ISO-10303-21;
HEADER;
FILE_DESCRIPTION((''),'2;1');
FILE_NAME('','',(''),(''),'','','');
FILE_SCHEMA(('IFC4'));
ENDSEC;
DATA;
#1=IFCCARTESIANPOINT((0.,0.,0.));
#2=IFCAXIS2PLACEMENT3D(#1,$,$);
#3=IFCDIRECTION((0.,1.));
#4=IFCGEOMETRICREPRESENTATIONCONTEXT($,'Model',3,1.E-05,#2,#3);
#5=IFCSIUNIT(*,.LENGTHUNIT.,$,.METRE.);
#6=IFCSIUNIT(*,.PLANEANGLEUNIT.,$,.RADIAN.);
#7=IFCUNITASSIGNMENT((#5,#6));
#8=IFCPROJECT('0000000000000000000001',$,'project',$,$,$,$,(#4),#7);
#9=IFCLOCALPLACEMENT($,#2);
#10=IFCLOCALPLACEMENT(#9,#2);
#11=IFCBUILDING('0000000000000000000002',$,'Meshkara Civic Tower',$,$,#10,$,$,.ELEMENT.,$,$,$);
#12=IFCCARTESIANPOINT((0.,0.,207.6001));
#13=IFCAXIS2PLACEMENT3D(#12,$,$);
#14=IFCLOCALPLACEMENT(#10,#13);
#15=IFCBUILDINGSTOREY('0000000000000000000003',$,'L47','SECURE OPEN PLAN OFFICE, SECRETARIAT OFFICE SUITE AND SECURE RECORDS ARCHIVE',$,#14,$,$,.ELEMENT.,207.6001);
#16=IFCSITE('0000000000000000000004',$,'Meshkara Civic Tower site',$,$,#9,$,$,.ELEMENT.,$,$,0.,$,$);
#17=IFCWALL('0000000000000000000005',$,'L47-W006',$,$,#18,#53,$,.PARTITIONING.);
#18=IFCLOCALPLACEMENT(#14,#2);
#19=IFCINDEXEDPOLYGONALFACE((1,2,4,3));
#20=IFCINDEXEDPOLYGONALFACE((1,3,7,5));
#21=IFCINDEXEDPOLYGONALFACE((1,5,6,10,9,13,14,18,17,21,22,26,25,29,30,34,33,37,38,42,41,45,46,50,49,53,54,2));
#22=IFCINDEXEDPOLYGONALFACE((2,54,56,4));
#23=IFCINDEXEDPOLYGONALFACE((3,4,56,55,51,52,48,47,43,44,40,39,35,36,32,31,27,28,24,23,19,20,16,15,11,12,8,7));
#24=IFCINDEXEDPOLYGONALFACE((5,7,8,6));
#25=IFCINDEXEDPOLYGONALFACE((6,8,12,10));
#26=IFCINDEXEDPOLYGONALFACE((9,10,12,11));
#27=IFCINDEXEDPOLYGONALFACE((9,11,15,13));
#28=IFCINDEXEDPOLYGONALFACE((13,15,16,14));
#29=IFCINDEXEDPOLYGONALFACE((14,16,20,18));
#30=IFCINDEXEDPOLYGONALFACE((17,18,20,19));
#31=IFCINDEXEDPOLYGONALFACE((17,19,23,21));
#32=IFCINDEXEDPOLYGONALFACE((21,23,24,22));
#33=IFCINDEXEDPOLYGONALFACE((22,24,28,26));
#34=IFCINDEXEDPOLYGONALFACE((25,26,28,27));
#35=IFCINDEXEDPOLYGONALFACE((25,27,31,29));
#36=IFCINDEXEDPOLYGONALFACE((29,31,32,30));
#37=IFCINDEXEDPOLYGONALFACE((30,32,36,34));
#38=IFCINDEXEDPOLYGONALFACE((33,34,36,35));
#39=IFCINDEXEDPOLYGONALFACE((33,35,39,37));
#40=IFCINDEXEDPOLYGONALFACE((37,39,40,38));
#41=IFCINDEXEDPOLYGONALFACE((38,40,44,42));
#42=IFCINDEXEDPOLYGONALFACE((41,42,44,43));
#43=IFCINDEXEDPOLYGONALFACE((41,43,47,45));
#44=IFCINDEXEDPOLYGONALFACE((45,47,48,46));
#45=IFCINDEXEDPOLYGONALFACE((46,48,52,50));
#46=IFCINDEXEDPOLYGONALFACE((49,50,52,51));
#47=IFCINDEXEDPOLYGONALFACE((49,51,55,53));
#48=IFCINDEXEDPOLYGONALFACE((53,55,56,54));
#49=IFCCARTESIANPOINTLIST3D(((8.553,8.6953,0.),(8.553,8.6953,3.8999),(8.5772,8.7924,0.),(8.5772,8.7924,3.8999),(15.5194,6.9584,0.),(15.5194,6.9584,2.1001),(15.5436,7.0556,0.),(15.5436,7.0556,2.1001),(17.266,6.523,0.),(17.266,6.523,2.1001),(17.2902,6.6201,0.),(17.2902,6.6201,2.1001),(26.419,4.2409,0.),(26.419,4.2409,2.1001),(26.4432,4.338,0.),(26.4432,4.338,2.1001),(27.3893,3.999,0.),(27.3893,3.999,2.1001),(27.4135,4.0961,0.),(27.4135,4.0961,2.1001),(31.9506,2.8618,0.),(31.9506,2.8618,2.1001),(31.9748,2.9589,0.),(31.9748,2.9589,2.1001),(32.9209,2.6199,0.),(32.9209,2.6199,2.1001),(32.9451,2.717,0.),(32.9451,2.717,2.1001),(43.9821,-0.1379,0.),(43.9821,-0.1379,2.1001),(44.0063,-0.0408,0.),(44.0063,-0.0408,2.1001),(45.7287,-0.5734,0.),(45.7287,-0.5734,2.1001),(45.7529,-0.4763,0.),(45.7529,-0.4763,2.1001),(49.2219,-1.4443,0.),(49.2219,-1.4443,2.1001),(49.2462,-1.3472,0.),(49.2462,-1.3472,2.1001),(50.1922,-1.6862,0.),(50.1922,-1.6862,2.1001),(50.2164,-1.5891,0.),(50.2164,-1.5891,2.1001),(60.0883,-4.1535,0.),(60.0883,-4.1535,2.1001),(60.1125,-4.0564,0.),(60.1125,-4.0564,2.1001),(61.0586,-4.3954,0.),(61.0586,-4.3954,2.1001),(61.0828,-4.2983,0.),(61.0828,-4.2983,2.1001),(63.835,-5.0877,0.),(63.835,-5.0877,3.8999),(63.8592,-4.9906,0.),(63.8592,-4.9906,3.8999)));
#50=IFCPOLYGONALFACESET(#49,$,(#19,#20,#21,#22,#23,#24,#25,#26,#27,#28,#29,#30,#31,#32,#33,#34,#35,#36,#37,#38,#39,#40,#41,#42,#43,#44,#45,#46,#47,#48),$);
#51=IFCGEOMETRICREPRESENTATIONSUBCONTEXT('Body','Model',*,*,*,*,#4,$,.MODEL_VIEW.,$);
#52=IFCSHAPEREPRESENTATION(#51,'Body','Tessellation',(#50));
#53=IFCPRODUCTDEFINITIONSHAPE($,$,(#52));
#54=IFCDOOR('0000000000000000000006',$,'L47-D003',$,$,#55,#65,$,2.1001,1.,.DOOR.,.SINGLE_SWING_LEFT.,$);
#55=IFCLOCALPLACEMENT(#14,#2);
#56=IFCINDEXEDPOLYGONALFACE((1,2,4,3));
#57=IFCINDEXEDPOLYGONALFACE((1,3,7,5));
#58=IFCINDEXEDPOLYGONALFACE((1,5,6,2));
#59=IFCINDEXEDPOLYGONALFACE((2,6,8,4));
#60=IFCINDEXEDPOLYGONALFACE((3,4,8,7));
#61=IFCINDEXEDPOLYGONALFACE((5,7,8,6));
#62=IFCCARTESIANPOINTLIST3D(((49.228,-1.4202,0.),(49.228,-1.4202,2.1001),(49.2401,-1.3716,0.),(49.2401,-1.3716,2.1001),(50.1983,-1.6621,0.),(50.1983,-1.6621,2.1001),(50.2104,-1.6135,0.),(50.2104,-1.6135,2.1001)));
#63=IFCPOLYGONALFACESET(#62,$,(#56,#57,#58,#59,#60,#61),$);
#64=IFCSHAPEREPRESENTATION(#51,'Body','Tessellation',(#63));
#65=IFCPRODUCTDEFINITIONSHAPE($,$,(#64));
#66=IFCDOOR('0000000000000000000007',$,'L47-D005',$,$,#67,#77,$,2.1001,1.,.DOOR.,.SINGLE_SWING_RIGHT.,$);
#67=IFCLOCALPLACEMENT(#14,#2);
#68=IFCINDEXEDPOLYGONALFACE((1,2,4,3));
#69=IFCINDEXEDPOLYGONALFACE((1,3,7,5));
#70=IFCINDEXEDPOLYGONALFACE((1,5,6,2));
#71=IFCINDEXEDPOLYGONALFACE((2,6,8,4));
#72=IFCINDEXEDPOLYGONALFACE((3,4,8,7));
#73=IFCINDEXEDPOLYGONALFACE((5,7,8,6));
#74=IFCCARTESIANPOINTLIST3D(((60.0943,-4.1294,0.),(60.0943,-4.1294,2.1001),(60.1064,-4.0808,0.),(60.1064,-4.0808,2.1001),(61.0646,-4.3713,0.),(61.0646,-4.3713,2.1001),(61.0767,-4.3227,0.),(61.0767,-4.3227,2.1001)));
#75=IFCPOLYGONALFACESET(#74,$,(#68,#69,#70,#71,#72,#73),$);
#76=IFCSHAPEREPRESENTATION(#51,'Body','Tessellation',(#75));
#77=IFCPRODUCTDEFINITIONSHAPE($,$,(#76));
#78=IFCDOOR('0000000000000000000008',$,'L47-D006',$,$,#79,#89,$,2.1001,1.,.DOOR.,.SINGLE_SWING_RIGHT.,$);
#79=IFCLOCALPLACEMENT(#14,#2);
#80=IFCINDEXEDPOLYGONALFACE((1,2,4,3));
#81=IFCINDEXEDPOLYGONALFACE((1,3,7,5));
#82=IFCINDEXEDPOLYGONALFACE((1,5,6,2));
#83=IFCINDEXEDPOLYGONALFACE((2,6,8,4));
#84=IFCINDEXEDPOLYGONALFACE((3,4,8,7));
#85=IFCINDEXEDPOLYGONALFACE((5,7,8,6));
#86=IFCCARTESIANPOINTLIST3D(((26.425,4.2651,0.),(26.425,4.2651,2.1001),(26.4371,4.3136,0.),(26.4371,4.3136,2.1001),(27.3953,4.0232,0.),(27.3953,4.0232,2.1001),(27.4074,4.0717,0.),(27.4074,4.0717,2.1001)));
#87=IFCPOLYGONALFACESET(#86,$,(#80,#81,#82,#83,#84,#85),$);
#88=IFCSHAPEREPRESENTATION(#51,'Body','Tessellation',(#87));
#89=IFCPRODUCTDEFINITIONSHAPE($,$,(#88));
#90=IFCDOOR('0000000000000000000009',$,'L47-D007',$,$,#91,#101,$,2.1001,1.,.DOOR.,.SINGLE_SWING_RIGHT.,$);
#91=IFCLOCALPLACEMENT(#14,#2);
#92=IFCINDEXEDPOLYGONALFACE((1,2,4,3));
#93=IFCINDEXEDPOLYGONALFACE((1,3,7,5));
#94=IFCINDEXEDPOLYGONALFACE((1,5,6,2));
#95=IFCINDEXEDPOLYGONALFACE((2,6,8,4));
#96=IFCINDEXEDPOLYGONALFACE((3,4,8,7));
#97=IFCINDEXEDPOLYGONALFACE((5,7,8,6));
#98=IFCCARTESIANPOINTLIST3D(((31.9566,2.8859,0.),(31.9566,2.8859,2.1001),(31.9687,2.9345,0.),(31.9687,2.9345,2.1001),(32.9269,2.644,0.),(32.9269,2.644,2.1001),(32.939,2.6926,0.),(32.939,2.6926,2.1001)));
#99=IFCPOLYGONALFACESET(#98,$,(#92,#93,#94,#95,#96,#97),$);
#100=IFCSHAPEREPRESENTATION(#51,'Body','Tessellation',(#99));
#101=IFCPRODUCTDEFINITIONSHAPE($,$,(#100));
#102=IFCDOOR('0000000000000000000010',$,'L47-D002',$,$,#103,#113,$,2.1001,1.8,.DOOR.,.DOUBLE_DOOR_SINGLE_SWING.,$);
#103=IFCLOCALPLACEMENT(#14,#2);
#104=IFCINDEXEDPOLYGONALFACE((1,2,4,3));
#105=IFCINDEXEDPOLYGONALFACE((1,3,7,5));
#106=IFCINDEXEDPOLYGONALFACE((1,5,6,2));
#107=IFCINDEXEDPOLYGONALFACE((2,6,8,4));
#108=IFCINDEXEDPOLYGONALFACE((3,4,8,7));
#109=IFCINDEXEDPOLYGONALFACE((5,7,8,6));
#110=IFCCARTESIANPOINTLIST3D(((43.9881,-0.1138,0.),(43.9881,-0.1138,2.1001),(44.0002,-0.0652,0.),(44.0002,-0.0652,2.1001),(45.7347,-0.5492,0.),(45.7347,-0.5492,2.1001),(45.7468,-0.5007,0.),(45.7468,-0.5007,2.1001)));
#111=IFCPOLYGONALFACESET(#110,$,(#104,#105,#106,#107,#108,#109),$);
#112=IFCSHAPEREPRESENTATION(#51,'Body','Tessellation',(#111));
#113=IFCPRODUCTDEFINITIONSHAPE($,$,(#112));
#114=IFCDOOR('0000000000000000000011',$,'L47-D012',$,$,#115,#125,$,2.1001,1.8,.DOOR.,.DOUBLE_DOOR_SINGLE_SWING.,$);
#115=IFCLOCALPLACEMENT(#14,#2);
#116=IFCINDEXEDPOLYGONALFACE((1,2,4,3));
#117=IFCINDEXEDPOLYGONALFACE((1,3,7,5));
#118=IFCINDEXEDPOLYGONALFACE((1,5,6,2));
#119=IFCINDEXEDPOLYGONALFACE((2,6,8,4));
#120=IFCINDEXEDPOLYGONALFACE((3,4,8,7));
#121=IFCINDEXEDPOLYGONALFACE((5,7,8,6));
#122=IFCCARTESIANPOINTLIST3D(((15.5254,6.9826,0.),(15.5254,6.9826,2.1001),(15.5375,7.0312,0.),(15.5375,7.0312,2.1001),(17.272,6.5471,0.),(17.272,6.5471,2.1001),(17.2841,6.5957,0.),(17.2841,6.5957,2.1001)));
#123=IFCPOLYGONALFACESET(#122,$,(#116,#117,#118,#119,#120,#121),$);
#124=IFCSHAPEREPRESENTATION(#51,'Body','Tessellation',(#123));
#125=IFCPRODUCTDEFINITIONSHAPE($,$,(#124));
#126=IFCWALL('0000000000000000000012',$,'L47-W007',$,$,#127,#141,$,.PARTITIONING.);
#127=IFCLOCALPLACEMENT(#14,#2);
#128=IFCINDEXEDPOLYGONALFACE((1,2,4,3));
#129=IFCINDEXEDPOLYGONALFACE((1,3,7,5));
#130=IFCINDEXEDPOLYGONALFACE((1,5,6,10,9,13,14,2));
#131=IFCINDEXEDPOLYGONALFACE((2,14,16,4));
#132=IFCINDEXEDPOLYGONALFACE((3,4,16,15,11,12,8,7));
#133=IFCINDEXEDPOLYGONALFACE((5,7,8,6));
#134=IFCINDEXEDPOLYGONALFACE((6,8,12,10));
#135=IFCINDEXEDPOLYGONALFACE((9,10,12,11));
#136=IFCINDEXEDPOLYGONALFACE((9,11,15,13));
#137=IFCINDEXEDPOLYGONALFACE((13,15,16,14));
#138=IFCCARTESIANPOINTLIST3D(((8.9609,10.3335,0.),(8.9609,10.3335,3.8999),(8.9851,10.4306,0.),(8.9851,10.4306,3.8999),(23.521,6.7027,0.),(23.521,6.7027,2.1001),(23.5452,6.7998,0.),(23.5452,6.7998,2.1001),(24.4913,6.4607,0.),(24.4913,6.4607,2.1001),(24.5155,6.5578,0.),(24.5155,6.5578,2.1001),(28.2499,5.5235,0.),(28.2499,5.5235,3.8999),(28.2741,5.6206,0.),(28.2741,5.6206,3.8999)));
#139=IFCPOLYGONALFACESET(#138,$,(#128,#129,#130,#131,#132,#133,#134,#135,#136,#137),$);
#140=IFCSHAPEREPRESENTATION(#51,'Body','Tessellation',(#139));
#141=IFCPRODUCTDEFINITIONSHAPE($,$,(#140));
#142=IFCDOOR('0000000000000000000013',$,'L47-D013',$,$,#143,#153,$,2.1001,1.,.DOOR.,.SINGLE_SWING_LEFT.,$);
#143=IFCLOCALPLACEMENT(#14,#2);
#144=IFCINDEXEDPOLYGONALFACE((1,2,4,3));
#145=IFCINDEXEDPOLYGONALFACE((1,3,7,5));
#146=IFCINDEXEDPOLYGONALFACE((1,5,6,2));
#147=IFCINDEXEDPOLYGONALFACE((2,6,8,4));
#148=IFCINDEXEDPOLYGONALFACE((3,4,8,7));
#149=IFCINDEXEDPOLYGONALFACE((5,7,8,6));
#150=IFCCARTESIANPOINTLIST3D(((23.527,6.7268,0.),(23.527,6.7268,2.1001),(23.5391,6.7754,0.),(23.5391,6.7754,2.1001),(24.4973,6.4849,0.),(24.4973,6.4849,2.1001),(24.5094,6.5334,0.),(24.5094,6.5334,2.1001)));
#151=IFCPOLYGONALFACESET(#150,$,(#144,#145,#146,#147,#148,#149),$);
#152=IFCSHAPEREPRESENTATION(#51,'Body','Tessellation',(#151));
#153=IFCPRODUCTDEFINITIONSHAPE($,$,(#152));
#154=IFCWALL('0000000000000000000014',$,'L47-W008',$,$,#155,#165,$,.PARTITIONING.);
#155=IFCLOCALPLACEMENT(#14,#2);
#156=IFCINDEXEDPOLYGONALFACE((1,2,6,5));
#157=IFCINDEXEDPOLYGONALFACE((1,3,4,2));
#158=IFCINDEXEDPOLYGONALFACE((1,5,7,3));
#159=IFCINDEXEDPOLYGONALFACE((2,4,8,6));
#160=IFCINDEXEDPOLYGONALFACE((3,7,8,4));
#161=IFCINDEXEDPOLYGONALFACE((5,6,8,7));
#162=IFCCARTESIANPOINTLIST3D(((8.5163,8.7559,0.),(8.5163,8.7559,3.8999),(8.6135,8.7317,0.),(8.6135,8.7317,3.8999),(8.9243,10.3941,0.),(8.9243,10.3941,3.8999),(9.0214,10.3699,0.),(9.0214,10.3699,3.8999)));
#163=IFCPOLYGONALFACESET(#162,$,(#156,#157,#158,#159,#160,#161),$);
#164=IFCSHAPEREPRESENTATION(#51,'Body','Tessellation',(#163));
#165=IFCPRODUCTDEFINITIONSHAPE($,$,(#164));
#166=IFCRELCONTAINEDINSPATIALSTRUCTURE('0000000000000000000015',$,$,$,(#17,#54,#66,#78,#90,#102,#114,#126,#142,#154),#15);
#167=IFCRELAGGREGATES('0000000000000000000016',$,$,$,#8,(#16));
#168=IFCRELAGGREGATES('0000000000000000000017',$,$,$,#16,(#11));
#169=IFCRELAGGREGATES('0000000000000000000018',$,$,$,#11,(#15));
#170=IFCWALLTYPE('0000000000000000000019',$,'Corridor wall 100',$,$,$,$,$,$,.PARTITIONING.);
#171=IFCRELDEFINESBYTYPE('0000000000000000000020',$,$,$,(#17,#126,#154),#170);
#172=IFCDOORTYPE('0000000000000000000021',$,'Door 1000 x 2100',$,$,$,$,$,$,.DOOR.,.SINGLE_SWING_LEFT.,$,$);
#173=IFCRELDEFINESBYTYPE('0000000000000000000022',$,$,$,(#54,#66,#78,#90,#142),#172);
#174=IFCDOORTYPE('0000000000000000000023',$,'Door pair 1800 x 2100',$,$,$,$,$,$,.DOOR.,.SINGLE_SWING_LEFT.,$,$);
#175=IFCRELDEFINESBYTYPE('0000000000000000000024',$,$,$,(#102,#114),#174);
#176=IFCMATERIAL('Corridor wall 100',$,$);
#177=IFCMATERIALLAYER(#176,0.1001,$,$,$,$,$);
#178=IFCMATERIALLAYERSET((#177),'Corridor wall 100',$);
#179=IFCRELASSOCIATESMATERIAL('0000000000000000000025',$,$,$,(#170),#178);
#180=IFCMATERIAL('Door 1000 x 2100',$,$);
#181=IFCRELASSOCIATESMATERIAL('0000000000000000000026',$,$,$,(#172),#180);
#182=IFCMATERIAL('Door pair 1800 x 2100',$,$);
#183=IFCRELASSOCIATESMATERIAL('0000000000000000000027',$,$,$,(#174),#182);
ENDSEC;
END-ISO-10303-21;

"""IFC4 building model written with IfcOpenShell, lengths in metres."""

from ifc_helpers import new_model, si_unit, direction, frame, frame_2d, origin, place, context, subcontext, project, spatial, rectangle, extrude, material, layer, layer_set, type_object, element, fill, save


model = new_model("IFC4")

# Units and contexts
model_context = context("Model", 3, precision=1e-05, world=origin(), true_north=direction((0.0, 1.0)))
body_context = subcontext(model_context, "Body", "Model", "MODEL_VIEW")
ifc_project = project(units=[si_unit("LENGTHUNIT", "METRE"), si_unit("PLANEANGLEUNIT", "RADIAN")], contexts=[model_context])

# Site, building, storey
site_placement = place(None, origin())
site = spatial("IfcSite", under=ifc_project, at=site_placement, Name="Meshkara Civic Tower site", CompositionType="ELEMENT", RefElevation=0.0)
building_placement = place(site_placement, origin())
building = spatial("IfcBuilding", under=site, at=building_placement, Name="Meshkara Civic Tower", CompositionType="ELEMENT")
storey_placement = place(building_placement, frame((0.0, 0.0, 207.6001)))
storey = spatial("IfcBuildingStorey", under=building, at=storey_placement, Name="L47", Description="SECURE OPEN PLAN OFFICE, SECRETARIAT OFFICE SUITE AND SECURE RECORDS ARCHIVE", CompositionType="ELEMENT", Elevation=207.6001)

# Wall, openings, doors
ifc_material_1 = material(Name="Corridor wall 100")
ifc_layer_1 = layer(ifc_material_1, 0.1001)
ifc_layer_set_1 = layer_set([ifc_layer_1], Name="Corridor wall 100")
wall_type_1 = type_object("IfcWallType", Name="Corridor wall 100", PredefinedType="PARTITIONING", material=ifc_layer_set_1)
wall_1_placement = place(storey_placement, frame((8.5649, 8.7439, 0.0), z_axis=(0.0, 0.0, 1.0), x_axis=(0.970297, -0.241915, 0.0)))
wall_1 = element("IfcWall", 1, at=wall_1_placement, inside=storey, type_object=wall_type_1, Name="L47-W006", PredefinedType="PARTITIONING", context=body_context, shape_type="SweptSolid", body=[
    extrude(rectangle(XDim=56.9744, YDim=0.1001, at=frame_2d((28.4873, 0.0))), origin(), (0.0, 0.0, 1.0), 3.8999),
])
opening_1_placement = place(wall_1_placement, frame((36.5139, 0.0, 0.0)))
opening_1 = element("IfcOpeningElement", 2, at=opening_1_placement, cuts=wall_1, PredefinedType="OPENING", context=body_context, shape_type="SweptSolid", body=[
    extrude(rectangle(XDim=1.8, YDim=2.1001, at=frame_2d((0.8999, 1.05))), frame((0.0, 0.0601, 0.0), z_axis=(0.0, -1.0, 0.0), x_axis=(1.0, 0.0, 0.0)), (0.0, 0.0, 1.0), 0.1201),
])
opening_2_placement = place(wall_1_placement, frame((41.9141, 0.0, 0.0)))
opening_2 = element("IfcOpeningElement", 3, at=opening_2_placement, cuts=wall_1, PredefinedType="OPENING", context=body_context, shape_type="SweptSolid", body=[
    extrude(rectangle(XDim=1.0, YDim=2.1001, at=frame_2d((0.5, 1.05))), frame((0.0, 0.0601, 0.0), z_axis=(0.0, -1.0, 0.0), x_axis=(1.0, 0.0, 0.0)), (0.0, 0.0, 1.0), 0.1201),
])
opening_3_placement = place(wall_1_placement, frame((53.113, 0.0, 0.0)))
opening_3 = element("IfcOpeningElement", 4, at=opening_3_placement, cuts=wall_1, PredefinedType="OPENING", context=body_context, shape_type="SweptSolid", body=[
    extrude(rectangle(XDim=1.0, YDim=2.1001, at=frame_2d((0.5, 1.05))), frame((0.0, 0.0601, 0.0), z_axis=(0.0, -1.0, 0.0), x_axis=(1.0, 0.0, 0.0)), (0.0, 0.0, 1.0), 0.1201),
])
opening_4_placement = place(wall_1_placement, frame((18.4131, 0.0, 0.0)))
opening_4 = element("IfcOpeningElement", 5, at=opening_4_placement, cuts=wall_1, PredefinedType="OPENING", context=body_context, shape_type="SweptSolid", body=[
    extrude(rectangle(XDim=1.0, YDim=2.1001, at=frame_2d((0.5, 1.05))), frame((0.0, 0.0601, 0.0), z_axis=(0.0, -1.0, 0.0), x_axis=(1.0, 0.0, 0.0)), (0.0, 0.0, 1.0), 0.1201),
])
opening_5_placement = place(wall_1_placement, frame((24.114, 0.0, 0.0)))
opening_5 = element("IfcOpeningElement", 6, at=opening_5_placement, cuts=wall_1, PredefinedType="OPENING", context=body_context, shape_type="SweptSolid", body=[
    extrude(rectangle(XDim=1.0, YDim=2.1001, at=frame_2d((0.5, 1.05))), frame((0.0, 0.0601, 0.0), z_axis=(0.0, -1.0, 0.0), x_axis=(1.0, 0.0, 0.0)), (0.0, 0.0, 1.0), 0.1201),
])
opening_6_placement = place(wall_1_placement, frame((7.1799, 0.0, 0.0)))
opening_6 = element("IfcOpeningElement", 7, at=opening_6_placement, cuts=wall_1, PredefinedType="OPENING", context=body_context, shape_type="SweptSolid", body=[
    extrude(rectangle(XDim=1.8, YDim=2.1001, at=frame_2d((0.8999, 1.05))), frame((0.0, 0.0601, 0.0), z_axis=(0.0, -1.0, 0.0), x_axis=(1.0, 0.0, 0.0)), (0.0, 0.0, 1.0), 0.1201),
])
ifc_material_2 = material(Name="Door 1000 x 2100")
door_type_1 = type_object("IfcDoorType", Name="Door 1000 x 2100", OperationType="SINGLE_SWING_LEFT", PredefinedType="DOOR", material=ifc_material_2)
door_1_placement = place(opening_2_placement, origin())
door_1 = element("IfcDoor", 8, at=door_1_placement, inside=storey, type_object=door_type_1, Name="L47-D003", OperationType="SINGLE_SWING_LEFT", OverallHeight=2.1001, OverallWidth=1.0, PredefinedType="DOOR", context=body_context, shape_type="SweptSolid", body=[
    extrude(rectangle(XDim=1.0, YDim=2.1001, at=frame_2d((0.5, 1.05))), frame((0.0, 0.0249, 0.0), z_axis=(0.0, -1.0, 0.0), x_axis=(1.0, 0.0, 0.0)), (0.0, 0.0, 1.0), 0.05),
])
fill(opening_2, door_1)
door_2_placement = place(opening_3_placement, origin())
door_2 = element("IfcDoor", 9, at=door_2_placement, inside=storey, type_object=door_type_1, Name="L47-D005", OperationType="SINGLE_SWING_RIGHT", OverallHeight=2.1001, OverallWidth=1.0, PredefinedType="DOOR", context=body_context, shape_type="SweptSolid", body=[
    extrude(rectangle(XDim=1.0, YDim=2.1001, at=frame_2d((0.5, 1.05))), frame((0.0, 0.0249, 0.0), z_axis=(0.0, -1.0, 0.0), x_axis=(1.0, 0.0, 0.0)), (0.0, 0.0, 1.0), 0.05),
])
fill(opening_3, door_2)
door_3_placement = place(opening_4_placement, origin())
door_3 = element("IfcDoor", 10, at=door_3_placement, inside=storey, type_object=door_type_1, Name="L47-D006", OperationType="SINGLE_SWING_RIGHT", OverallHeight=2.1001, OverallWidth=1.0, PredefinedType="DOOR", context=body_context, shape_type="SweptSolid", body=[
    extrude(rectangle(XDim=1.0, YDim=2.1001, at=frame_2d((0.5, 1.05))), frame((0.0, 0.0249, 0.0), z_axis=(0.0, -1.0, 0.0), x_axis=(1.0, 0.0, 0.0)), (0.0, 0.0, 1.0), 0.05),
])
fill(opening_4, door_3)
door_4_placement = place(opening_5_placement, origin())
door_4 = element("IfcDoor", 11, at=door_4_placement, inside=storey, type_object=door_type_1, Name="L47-D007", OperationType="SINGLE_SWING_RIGHT", OverallHeight=2.1001, OverallWidth=1.0, PredefinedType="DOOR", context=body_context, shape_type="SweptSolid", body=[
    extrude(rectangle(XDim=1.0, YDim=2.1001, at=frame_2d((0.5, 1.05))), frame((0.0, 0.0249, 0.0), z_axis=(0.0, -1.0, 0.0), x_axis=(1.0, 0.0, 0.0)), (0.0, 0.0, 1.0), 0.05),
])
fill(opening_5, door_4)
ifc_material_3 = material(Name="Door pair 1800 x 2100")
door_type_2 = type_object("IfcDoorType", Name="Door pair 1800 x 2100", OperationType="SINGLE_SWING_LEFT", PredefinedType="DOOR", material=ifc_material_3)
door_5_placement = place(opening_1_placement, origin())
door_5 = element("IfcDoor", 12, at=door_5_placement, inside=storey, type_object=door_type_2, Name="L47-D002", OperationType="DOUBLE_DOOR_SINGLE_SWING", OverallHeight=2.1001, OverallWidth=1.8, PredefinedType="DOOR", context=body_context, shape_type="SweptSolid", body=[
    extrude(rectangle(XDim=1.8, YDim=2.1001, at=frame_2d((0.8999, 1.05))), frame((0.0, 0.0249, 0.0), z_axis=(0.0, -1.0, 0.0), x_axis=(1.0, 0.0, 0.0)), (0.0, 0.0, 1.0), 0.05),
])
fill(opening_1, door_5)
door_6_placement = place(opening_6_placement, origin())
door_6 = element("IfcDoor", 13, at=door_6_placement, inside=storey, type_object=door_type_2, Name="L47-D012", OperationType="DOUBLE_DOOR_SINGLE_SWING", OverallHeight=2.1001, OverallWidth=1.8, PredefinedType="DOOR", context=body_context, shape_type="SweptSolid", body=[
    extrude(rectangle(XDim=1.8, YDim=2.1001, at=frame_2d((0.8999, 1.05))), frame((0.0, 0.0249, 0.0), z_axis=(0.0, -1.0, 0.0), x_axis=(1.0, 0.0, 0.0)), (0.0, 0.0, 1.0), 0.05),
])
fill(opening_6, door_6)

# Wall, opening, door
wall_2_placement = place(storey_placement, frame((8.9729, 10.3821, 0.0), z_axis=(0.0, 0.0, 1.0), x_axis=(0.970287, -0.241958, 0.0)))
wall_2 = element("IfcWall", 14, at=wall_2_placement, inside=storey, type_object=wall_type_1, Name="L47-W007", PredefinedType="PARTITIONING", context=body_context, shape_type="SweptSolid", body=[
    extrude(rectangle(XDim=19.8796, YDim=0.1001, at=frame_2d((9.9399, 0.0))), origin(), (0.0, 0.0, 1.0), 3.8999),
])
opening_7_placement = place(wall_2_placement, frame((15.0061, 0.0, 0.0)))
opening_7 = element("IfcOpeningElement", 15, at=opening_7_placement, cuts=wall_2, PredefinedType="OPENING", context=body_context, shape_type="SweptSolid", body=[
    extrude(rectangle(XDim=1.0, YDim=2.1001, at=frame_2d((0.5, 1.05))), frame((0.0, 0.0601, 0.0), z_axis=(0.0, -1.0, 0.0), x_axis=(1.0, 0.0, 0.0)), (0.0, 0.0, 1.0), 0.1201),
])
door_7_placement = place(opening_7_placement, origin())
door_7 = element("IfcDoor", 16, at=door_7_placement, inside=storey, type_object=door_type_1, Name="L47-D013", OperationType="SINGLE_SWING_LEFT", OverallHeight=2.1001, OverallWidth=1.0, PredefinedType="DOOR", context=body_context, shape_type="SweptSolid", body=[
    extrude(rectangle(XDim=1.0, YDim=2.1001, at=frame_2d((0.5, 1.05))), frame((0.0, 0.0249, 0.0), z_axis=(0.0, -1.0, 0.0), x_axis=(1.0, 0.0, 0.0)), (0.0, 0.0, 1.0), 0.05),
])
fill(opening_7, door_7)

# Wall
wall_3_placement = place(storey_placement, frame((8.9729, 10.3821, 0.0), z_axis=(0.0, 0.0, 1.0), x_axis=(-0.241651, -0.970363, 0.0)))
element("IfcWall", 17, at=wall_3_placement, inside=storey, type_object=wall_type_1, Name="L47-W008", PredefinedType="PARTITIONING", context=body_context, shape_type="SweptSolid", body=[
    extrude(rectangle(XDim=1.6882, YDim=0.1001, at=frame_2d((0.8442, 0.0))), origin(), (0.0, 0.0, 1.0), 3.8999),
])

save(model, "model.ifc")
